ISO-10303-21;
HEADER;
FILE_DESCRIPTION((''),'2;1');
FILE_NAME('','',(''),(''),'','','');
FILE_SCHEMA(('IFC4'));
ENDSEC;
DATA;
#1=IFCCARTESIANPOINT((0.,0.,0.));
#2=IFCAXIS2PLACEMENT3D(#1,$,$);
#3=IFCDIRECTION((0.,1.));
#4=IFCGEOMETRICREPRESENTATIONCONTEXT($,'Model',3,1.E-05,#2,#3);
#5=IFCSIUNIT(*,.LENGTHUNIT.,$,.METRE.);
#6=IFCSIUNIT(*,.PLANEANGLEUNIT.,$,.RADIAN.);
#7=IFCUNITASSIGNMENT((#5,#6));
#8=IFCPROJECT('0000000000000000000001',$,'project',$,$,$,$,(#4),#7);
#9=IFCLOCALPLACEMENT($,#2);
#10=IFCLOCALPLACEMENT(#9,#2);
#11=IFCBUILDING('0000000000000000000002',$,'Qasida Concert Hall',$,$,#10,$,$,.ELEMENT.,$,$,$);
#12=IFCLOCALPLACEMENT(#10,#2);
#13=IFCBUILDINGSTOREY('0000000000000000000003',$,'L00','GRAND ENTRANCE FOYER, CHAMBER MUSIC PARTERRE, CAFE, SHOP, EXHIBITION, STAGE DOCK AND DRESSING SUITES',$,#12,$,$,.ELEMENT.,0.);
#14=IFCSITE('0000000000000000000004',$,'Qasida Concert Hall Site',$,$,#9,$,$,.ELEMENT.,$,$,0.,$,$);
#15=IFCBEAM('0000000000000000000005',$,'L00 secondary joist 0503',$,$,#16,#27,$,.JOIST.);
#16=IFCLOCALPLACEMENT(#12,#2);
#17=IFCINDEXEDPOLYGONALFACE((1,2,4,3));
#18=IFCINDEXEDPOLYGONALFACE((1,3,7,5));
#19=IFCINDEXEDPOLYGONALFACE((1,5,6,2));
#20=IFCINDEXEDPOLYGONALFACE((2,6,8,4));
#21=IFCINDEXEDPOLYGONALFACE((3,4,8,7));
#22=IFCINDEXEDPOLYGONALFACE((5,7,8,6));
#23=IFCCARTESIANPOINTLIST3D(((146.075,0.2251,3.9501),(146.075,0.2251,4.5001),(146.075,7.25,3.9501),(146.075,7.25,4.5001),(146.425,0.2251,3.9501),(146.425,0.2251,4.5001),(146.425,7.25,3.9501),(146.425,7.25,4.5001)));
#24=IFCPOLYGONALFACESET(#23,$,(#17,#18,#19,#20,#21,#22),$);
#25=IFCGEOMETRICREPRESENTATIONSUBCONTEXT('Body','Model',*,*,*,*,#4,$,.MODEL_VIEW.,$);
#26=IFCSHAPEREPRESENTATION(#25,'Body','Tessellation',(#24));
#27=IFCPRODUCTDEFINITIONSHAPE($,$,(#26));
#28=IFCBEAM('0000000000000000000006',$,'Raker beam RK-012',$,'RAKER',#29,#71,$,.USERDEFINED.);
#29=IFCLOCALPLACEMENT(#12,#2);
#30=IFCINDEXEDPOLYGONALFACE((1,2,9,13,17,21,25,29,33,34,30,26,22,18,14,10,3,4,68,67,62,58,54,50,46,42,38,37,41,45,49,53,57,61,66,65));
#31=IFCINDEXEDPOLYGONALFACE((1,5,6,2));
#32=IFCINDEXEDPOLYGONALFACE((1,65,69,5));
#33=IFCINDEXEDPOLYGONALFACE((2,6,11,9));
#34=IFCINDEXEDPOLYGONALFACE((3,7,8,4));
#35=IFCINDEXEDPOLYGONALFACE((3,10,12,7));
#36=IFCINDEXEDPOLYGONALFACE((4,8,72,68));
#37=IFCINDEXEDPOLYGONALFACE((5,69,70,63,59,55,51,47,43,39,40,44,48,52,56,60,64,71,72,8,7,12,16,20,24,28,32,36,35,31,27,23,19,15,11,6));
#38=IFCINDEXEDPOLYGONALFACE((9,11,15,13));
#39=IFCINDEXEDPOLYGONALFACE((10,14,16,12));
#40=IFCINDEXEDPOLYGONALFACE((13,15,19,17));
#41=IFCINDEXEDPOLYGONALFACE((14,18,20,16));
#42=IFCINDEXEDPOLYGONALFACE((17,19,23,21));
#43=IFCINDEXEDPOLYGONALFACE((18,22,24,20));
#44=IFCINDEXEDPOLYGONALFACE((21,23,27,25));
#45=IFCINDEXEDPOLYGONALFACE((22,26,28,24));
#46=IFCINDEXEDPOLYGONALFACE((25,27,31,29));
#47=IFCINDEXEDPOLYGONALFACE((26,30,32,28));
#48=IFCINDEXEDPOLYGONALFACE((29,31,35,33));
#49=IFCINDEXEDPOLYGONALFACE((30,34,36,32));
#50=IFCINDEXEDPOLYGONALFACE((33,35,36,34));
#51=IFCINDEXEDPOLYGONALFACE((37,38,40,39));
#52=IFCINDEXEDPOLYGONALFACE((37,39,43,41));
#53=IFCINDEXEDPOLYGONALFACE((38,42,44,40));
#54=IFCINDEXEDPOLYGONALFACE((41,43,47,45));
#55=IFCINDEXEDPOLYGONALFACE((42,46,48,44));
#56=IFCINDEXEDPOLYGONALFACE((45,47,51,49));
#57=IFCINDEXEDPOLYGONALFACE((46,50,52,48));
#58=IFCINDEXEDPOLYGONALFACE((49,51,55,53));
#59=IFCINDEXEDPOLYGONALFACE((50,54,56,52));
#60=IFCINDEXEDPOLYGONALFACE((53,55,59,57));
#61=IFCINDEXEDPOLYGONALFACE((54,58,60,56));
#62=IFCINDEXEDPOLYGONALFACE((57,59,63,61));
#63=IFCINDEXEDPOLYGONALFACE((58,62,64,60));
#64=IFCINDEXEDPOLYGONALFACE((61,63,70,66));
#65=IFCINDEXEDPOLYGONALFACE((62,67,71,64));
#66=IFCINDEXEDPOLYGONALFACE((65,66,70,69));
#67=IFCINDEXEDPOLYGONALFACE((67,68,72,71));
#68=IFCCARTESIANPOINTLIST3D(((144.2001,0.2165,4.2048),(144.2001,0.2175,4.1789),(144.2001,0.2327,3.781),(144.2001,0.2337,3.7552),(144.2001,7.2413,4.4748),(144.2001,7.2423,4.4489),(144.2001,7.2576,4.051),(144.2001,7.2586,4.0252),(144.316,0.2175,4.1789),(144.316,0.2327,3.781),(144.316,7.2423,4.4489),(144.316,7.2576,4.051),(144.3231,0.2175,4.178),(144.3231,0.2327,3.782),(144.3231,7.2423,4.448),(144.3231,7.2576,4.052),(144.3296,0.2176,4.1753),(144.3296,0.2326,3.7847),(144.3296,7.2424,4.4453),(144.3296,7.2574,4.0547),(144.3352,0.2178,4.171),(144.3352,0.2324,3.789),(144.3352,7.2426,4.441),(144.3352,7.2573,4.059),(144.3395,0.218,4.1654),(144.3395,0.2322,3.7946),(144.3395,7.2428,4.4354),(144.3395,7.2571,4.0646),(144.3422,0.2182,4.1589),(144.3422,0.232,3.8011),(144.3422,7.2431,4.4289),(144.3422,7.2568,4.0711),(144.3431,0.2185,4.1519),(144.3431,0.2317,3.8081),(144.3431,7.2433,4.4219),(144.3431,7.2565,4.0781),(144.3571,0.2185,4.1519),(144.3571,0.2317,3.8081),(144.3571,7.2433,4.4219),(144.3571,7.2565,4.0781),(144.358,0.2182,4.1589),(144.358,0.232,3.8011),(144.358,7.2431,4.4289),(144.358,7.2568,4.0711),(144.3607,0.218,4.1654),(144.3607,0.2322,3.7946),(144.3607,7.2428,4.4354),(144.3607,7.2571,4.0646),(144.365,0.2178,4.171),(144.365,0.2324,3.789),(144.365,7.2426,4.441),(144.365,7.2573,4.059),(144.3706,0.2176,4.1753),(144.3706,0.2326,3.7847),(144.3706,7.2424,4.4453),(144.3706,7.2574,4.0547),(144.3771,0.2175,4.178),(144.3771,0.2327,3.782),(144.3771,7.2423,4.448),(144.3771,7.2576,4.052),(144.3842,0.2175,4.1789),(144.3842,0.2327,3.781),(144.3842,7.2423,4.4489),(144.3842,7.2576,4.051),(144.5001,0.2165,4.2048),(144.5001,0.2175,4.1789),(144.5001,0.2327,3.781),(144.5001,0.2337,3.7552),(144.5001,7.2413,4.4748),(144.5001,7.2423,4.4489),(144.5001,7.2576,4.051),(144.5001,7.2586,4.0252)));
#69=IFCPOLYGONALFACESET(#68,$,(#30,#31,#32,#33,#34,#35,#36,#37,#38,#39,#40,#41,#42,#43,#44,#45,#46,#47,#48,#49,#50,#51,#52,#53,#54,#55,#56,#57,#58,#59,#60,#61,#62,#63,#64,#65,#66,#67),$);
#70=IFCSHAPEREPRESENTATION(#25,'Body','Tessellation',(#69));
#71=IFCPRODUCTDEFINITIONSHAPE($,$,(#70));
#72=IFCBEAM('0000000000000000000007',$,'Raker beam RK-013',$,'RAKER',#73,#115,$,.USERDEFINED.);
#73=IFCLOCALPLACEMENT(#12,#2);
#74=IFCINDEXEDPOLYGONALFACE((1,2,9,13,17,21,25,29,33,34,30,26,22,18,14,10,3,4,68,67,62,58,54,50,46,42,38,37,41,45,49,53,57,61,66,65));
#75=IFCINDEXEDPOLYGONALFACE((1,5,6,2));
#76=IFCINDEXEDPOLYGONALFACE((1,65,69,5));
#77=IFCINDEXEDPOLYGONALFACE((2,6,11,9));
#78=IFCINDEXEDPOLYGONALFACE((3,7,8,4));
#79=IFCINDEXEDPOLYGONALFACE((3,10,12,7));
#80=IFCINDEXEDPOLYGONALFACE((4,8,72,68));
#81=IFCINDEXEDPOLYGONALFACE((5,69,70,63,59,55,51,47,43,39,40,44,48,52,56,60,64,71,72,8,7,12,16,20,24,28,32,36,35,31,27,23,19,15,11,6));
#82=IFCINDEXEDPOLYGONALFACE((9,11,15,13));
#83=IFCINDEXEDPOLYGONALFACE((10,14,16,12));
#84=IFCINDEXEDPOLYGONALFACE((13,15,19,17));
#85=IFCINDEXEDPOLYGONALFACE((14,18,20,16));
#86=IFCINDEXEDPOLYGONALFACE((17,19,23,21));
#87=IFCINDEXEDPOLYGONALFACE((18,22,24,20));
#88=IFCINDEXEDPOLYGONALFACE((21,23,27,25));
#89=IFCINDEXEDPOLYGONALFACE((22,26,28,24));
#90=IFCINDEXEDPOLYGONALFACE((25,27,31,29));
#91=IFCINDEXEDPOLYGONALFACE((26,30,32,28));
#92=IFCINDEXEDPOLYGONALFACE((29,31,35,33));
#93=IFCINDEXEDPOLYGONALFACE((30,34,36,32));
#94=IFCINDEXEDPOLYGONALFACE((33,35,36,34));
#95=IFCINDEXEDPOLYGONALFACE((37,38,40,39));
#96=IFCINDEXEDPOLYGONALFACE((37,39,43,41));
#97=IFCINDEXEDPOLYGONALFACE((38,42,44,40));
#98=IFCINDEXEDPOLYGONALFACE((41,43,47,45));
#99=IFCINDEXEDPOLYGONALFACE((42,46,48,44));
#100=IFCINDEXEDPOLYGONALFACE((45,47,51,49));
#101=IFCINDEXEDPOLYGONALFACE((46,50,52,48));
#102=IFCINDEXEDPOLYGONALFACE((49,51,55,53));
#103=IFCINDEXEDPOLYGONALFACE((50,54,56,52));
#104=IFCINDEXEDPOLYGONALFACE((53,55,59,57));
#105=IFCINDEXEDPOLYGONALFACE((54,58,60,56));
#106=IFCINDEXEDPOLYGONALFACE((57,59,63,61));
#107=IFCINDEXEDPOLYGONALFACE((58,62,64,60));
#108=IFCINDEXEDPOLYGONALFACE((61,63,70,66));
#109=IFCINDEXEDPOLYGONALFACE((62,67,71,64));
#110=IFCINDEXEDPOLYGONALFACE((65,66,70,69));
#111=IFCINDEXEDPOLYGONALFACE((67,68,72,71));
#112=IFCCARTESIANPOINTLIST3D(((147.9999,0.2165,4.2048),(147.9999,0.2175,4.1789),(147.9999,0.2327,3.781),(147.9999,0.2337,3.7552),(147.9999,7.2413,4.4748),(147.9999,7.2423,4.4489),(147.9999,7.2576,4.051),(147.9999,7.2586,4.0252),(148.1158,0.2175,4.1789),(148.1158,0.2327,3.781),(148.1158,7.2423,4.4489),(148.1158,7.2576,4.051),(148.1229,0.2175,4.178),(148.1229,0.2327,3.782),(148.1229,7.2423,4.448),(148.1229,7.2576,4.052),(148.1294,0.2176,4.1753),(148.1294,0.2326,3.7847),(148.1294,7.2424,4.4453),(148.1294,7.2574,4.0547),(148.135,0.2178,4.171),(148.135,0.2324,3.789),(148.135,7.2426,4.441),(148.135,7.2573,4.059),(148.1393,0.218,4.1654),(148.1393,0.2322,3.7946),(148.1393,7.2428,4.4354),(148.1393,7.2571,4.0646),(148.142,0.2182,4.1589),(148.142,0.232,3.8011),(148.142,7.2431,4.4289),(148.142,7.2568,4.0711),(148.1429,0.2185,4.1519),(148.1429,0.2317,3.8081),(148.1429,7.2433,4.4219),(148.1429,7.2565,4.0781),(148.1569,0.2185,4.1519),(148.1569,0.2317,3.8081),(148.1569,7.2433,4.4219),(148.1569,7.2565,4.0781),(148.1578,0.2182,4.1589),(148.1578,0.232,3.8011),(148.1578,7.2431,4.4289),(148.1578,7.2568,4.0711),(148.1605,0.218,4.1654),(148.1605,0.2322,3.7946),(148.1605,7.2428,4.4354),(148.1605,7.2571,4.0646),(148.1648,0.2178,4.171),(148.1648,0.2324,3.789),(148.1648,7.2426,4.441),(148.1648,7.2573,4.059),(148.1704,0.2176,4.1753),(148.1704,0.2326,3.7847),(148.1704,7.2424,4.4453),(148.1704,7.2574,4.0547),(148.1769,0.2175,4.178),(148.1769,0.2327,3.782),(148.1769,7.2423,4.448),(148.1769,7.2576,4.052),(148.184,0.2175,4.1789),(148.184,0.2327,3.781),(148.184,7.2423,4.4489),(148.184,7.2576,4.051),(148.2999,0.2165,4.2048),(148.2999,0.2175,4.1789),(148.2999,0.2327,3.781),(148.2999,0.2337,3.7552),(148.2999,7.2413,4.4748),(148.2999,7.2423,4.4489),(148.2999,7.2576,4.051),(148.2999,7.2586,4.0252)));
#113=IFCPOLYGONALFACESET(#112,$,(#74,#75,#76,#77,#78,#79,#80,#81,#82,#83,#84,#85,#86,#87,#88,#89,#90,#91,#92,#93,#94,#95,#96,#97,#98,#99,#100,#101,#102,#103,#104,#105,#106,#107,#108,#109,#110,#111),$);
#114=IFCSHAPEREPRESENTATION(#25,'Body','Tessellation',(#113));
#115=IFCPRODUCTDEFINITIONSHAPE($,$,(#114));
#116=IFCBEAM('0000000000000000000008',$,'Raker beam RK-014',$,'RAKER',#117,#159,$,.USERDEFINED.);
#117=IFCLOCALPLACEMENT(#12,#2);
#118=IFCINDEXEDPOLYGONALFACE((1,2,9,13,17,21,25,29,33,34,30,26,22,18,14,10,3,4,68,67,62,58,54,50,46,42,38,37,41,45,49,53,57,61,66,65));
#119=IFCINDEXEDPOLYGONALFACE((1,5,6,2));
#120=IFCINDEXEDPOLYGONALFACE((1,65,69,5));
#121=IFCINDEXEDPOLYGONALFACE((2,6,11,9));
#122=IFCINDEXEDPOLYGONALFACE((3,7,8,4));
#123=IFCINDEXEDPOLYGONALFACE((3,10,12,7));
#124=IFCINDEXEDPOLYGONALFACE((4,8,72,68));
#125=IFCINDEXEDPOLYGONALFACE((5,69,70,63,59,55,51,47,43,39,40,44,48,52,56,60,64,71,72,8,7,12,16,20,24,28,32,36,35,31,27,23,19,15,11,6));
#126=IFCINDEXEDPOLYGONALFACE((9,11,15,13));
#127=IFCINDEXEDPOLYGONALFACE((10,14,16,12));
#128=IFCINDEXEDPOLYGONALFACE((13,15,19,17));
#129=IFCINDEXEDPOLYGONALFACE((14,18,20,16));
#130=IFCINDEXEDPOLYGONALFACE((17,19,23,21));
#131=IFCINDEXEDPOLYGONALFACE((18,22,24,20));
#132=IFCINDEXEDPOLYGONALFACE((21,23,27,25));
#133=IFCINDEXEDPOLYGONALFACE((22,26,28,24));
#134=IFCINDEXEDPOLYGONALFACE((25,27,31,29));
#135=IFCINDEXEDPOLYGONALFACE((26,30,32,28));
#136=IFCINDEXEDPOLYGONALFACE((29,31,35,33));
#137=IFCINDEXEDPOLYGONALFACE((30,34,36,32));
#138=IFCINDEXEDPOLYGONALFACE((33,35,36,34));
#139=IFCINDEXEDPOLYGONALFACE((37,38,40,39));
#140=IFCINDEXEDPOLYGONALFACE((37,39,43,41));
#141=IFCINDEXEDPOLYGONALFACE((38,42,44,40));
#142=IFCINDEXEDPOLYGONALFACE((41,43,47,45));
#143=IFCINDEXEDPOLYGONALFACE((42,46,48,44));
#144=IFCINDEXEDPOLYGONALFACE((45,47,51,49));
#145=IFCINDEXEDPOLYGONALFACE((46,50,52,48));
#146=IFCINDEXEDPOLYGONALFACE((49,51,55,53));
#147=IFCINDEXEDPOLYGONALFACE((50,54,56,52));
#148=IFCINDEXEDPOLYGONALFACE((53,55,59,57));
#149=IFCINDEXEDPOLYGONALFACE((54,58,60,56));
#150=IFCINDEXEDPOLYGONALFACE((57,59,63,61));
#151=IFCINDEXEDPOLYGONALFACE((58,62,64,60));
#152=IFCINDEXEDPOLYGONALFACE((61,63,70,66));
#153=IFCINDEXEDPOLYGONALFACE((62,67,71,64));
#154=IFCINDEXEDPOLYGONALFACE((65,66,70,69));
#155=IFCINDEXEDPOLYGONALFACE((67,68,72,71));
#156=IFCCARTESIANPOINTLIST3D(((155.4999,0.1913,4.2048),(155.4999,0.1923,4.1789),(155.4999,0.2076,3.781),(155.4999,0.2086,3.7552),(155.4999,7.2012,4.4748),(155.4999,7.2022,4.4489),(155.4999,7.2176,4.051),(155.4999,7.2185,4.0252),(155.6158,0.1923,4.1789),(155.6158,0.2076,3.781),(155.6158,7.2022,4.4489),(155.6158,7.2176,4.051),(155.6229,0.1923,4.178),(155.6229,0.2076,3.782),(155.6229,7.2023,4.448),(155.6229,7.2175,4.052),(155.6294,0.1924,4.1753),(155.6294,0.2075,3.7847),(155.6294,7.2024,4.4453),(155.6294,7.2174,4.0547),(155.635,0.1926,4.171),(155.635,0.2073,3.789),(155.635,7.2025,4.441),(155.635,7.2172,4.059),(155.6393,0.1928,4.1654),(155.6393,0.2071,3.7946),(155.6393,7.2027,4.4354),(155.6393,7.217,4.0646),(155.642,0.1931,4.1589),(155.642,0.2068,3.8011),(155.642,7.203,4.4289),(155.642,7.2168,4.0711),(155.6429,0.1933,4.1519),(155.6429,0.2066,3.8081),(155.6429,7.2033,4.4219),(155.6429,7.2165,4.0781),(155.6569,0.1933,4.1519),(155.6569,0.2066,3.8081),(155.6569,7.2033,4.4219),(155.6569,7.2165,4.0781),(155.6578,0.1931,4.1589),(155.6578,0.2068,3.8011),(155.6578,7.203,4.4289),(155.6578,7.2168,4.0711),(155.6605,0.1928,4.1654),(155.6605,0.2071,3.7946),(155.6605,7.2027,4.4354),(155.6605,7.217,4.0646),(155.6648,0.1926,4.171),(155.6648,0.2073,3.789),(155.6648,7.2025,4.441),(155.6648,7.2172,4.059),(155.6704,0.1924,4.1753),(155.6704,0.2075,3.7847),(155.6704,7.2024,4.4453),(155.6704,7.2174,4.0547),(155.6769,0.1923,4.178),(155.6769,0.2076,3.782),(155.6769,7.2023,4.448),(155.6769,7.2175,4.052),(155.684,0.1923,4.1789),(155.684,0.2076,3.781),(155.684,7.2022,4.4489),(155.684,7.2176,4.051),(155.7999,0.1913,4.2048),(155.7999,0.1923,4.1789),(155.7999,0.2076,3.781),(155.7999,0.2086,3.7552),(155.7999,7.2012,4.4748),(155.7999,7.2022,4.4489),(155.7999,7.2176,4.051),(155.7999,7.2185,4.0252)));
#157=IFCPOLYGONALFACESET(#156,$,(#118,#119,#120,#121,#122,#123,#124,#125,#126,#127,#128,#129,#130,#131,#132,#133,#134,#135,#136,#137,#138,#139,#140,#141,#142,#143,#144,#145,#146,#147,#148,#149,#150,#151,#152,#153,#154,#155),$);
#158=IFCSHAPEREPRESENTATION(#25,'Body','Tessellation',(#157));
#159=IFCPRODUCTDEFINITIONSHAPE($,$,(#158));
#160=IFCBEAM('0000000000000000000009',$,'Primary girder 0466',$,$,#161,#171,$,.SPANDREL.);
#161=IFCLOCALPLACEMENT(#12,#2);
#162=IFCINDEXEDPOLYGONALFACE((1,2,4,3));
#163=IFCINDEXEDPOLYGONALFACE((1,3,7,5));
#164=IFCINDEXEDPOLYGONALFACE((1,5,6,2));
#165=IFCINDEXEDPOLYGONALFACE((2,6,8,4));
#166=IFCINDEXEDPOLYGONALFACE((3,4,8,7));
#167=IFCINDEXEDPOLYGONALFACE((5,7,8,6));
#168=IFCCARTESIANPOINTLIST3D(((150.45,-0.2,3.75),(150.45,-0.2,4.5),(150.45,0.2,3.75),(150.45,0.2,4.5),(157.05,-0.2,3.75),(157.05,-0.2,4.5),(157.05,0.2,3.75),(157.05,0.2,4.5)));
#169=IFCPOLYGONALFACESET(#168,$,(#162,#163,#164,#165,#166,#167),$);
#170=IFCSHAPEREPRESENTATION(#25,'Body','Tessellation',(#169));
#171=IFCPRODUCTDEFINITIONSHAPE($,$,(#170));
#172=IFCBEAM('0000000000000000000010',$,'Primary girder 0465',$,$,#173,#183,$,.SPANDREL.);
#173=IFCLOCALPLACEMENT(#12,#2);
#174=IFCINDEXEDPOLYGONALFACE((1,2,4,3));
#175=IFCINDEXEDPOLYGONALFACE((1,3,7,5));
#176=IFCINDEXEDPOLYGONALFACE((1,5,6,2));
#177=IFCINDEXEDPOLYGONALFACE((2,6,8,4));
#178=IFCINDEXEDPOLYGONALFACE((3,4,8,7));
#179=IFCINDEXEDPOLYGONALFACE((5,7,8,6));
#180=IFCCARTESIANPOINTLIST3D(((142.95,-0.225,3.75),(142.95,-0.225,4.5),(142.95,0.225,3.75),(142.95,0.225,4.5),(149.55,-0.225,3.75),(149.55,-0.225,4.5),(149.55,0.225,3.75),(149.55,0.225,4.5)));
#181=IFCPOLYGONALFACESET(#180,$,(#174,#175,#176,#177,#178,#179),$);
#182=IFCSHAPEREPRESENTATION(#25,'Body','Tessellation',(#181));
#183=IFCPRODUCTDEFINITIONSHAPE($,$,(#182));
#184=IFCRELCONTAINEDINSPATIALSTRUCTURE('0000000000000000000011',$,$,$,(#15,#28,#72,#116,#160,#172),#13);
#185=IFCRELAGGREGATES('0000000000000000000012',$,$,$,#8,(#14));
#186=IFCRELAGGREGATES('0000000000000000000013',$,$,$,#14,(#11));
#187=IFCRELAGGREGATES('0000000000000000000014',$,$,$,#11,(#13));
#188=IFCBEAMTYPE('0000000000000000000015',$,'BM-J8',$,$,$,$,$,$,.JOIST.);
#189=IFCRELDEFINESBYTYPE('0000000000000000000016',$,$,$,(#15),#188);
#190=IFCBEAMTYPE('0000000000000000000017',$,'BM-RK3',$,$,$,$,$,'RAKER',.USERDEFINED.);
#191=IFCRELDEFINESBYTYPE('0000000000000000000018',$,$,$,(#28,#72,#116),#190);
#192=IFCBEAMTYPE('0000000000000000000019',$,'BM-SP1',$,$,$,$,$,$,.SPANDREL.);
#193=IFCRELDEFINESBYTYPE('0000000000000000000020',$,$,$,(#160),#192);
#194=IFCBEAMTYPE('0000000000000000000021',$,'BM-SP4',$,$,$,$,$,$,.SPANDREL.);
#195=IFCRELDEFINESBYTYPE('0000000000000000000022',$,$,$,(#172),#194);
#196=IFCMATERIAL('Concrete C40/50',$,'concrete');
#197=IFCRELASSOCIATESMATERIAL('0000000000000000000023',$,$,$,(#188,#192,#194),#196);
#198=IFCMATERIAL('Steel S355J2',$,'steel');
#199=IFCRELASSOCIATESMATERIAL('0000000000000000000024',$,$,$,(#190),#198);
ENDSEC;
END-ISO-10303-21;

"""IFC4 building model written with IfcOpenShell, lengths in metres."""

from ifc_helpers import new_model, si_unit, direction, frame, origin, origin_2d, place, context, subcontext, project, spatial, rectangle, i_section, extrude, material, material_profile, profile_set, type_object, element, save


model = new_model("IFC4")

# Units and contexts
model_context = context("Model", 3, precision=1e-05, world=origin(), true_north=direction((0.0, 1.0)))
body_context = subcontext(model_context, "Body", "Model", "MODEL_VIEW")
ifc_project = project(units=[si_unit("LENGTHUNIT", "METRE"), si_unit("PLANEANGLEUNIT", "RADIAN")], contexts=[model_context])

# Site, building, storey
site_placement = place(None, origin())
site = spatial("IfcSite", under=ifc_project, at=site_placement, Name="Qasida Concert Hall Site", CompositionType="ELEMENT", RefElevation=0.0)
building_placement = place(site_placement, origin())
building = spatial("IfcBuilding", under=site, at=building_placement, Name="Qasida Concert Hall", CompositionType="ELEMENT")
storey_placement = place(building_placement, origin())
storey = spatial("IfcBuildingStorey", under=building, at=storey_placement, Name="L00", Description="GRAND ENTRANCE FOYER, CHAMBER MUSIC PARTERRE, CAFE, SHOP, EXHIBITION, STAGE DOCK AND DRESSING SUITES", CompositionType="ELEMENT", Elevation=0.0)

# Beams
ifc_material_1 = material(Name="Concrete C40/50", Category="concrete")
ifc_material_2 = material(Name="Steel S355J2", Category="steel")
ifc_material_profile_1 = material_profile(ifc_material_1, rectangle(XDim=0.3501, YDim=0.55, at=origin_2d()), Name="RC 350x550")
ifc_profile_set_1 = profile_set([ifc_material_profile_1], Name="Concrete C40/50")
beam_type_1 = type_object("IfcBeamType", Name="BM-J8", PredefinedType="JOIST", material=ifc_profile_set_1)
beam_1_placement = place(storey_placement, frame((146.25, 0.2251, 4.2251), z_axis=(0.0, 1.0, 0.0), x_axis=(-1.0, 0.0, 0.0)))
element("IfcBeam", 1, at=beam_1_placement, inside=storey, type_object=beam_type_1, Name="L00 secondary joist 0503", PredefinedType="JOIST", context=body_context, shape_type="SweptSolid", body=[
    extrude(rectangle(XDim=0.3501, YDim=0.55, at=origin_2d()), origin(), (0.0, 0.0, 1.0), 7.0249),
])
ifc_material_profile_2 = material_profile(ifc_material_2, i_section(OverallWidth=0.3, OverallDepth=0.45, WebThickness=0.0139, FlangeThickness=0.0259, FilletRadius=0.0271, at=origin_2d()), Name="HEB 450")
ifc_profile_set_2 = profile_set([ifc_material_profile_2], Name="Steel S355J2")
beam_type_2 = type_object("IfcBeamType", Name="BM-RK3", ElementType="RAKER", PredefinedType="USERDEFINED", material=ifc_profile_set_2)
for number, where, z_axis, x_axis, name in (
    (2, (144.3501, 0.2251, 3.98), (0.0, 0.999262, 0.038409), (-1.0, 0.0, 0.0), "Raker beam RK-012"),
    (3, (148.1499, 0.2251, 3.98), (0.0, 0.999262, 0.038409), (-1.0, 0.0, 0.0), "Raker beam RK-013"),
):
    element("IfcBeam", number, at=place(storey_placement, frame(where, z_axis=z_axis, x_axis=x_axis)), inside=storey, type_object=beam_type_2, Name=name, ObjectType="RAKER", PredefinedType="USERDEFINED", context=body_context, shape_type="SweptSolid", body=[
        extrude(i_section(OverallWidth=0.3, OverallDepth=0.45, WebThickness=0.0139, FlangeThickness=0.0259, FilletRadius=0.0271, at=origin_2d()), origin(), (0.0, 0.0, 1.0), 7.03),
    ])
beam_2_placement = place(storey_placement, frame((155.6499, 0.2, 3.98), z_axis=(0.0, 0.999259, 0.038491), x_axis=(-1.0, 0.0, 0.0)))
element("IfcBeam", 4, at=beam_2_placement, inside=storey, type_object=beam_type_2, Name="Raker beam RK-014", ObjectType="RAKER", PredefinedType="USERDEFINED", context=body_context, shape_type="SweptSolid", body=[
    extrude(i_section(OverallWidth=0.3, OverallDepth=0.45, WebThickness=0.0139, FlangeThickness=0.0259, FilletRadius=0.0271, at=origin_2d()), origin(), (0.0, 0.0, 1.0), 7.0151),
])
ifc_material_profile_3 = material_profile(ifc_material_1, rectangle(XDim=0.3999, YDim=0.75, at=origin_2d()), Name="RC 400x750")
ifc_profile_set_3 = profile_set([ifc_material_profile_3], Name="Concrete C40/50")
beam_type_3 = type_object("IfcBeamType", Name="BM-SP1", PredefinedType="SPANDREL", material=ifc_profile_set_3)
beam_3_placement = place(storey_placement, frame((150.45, 0.0, 4.125), z_axis=(1.0, 0.0, 0.0), x_axis=(0.0, 1.0, 0.0)))
element("IfcBeam", 5, at=beam_3_placement, inside=storey, type_object=beam_type_3, Name="Primary girder 0466", PredefinedType="SPANDREL", context=body_context, shape_type="SweptSolid", body=[
    extrude(rectangle(XDim=0.3999, YDim=0.75, at=origin_2d()), origin(), (0.0, 0.0, 1.0), 6.6001),
])
ifc_material_profile_4 = material_profile(ifc_material_1, rectangle(XDim=0.45, YDim=0.75, at=origin_2d()), Name="RC 450x750")
ifc_profile_set_4 = profile_set([ifc_material_profile_4], Name="Concrete C40/50")
beam_type_4 = type_object("IfcBeamType", Name="BM-SP4", PredefinedType="SPANDREL", material=ifc_profile_set_4)
beam_4_placement = place(storey_placement, frame((142.95, 0.0, 4.125), z_axis=(1.0, 0.0, 0.0), x_axis=(0.0, 1.0, 0.0)))
element("IfcBeam", 6, at=beam_4_placement, inside=storey, type_object=beam_type_4, Name="Primary girder 0465", PredefinedType="SPANDREL", context=body_context, shape_type="SweptSolid", body=[
    extrude(rectangle(XDim=0.45, YDim=0.75, at=origin_2d()), origin(), (0.0, 0.0, 1.0), 6.6001),
])

save(model, "model.ifc")
